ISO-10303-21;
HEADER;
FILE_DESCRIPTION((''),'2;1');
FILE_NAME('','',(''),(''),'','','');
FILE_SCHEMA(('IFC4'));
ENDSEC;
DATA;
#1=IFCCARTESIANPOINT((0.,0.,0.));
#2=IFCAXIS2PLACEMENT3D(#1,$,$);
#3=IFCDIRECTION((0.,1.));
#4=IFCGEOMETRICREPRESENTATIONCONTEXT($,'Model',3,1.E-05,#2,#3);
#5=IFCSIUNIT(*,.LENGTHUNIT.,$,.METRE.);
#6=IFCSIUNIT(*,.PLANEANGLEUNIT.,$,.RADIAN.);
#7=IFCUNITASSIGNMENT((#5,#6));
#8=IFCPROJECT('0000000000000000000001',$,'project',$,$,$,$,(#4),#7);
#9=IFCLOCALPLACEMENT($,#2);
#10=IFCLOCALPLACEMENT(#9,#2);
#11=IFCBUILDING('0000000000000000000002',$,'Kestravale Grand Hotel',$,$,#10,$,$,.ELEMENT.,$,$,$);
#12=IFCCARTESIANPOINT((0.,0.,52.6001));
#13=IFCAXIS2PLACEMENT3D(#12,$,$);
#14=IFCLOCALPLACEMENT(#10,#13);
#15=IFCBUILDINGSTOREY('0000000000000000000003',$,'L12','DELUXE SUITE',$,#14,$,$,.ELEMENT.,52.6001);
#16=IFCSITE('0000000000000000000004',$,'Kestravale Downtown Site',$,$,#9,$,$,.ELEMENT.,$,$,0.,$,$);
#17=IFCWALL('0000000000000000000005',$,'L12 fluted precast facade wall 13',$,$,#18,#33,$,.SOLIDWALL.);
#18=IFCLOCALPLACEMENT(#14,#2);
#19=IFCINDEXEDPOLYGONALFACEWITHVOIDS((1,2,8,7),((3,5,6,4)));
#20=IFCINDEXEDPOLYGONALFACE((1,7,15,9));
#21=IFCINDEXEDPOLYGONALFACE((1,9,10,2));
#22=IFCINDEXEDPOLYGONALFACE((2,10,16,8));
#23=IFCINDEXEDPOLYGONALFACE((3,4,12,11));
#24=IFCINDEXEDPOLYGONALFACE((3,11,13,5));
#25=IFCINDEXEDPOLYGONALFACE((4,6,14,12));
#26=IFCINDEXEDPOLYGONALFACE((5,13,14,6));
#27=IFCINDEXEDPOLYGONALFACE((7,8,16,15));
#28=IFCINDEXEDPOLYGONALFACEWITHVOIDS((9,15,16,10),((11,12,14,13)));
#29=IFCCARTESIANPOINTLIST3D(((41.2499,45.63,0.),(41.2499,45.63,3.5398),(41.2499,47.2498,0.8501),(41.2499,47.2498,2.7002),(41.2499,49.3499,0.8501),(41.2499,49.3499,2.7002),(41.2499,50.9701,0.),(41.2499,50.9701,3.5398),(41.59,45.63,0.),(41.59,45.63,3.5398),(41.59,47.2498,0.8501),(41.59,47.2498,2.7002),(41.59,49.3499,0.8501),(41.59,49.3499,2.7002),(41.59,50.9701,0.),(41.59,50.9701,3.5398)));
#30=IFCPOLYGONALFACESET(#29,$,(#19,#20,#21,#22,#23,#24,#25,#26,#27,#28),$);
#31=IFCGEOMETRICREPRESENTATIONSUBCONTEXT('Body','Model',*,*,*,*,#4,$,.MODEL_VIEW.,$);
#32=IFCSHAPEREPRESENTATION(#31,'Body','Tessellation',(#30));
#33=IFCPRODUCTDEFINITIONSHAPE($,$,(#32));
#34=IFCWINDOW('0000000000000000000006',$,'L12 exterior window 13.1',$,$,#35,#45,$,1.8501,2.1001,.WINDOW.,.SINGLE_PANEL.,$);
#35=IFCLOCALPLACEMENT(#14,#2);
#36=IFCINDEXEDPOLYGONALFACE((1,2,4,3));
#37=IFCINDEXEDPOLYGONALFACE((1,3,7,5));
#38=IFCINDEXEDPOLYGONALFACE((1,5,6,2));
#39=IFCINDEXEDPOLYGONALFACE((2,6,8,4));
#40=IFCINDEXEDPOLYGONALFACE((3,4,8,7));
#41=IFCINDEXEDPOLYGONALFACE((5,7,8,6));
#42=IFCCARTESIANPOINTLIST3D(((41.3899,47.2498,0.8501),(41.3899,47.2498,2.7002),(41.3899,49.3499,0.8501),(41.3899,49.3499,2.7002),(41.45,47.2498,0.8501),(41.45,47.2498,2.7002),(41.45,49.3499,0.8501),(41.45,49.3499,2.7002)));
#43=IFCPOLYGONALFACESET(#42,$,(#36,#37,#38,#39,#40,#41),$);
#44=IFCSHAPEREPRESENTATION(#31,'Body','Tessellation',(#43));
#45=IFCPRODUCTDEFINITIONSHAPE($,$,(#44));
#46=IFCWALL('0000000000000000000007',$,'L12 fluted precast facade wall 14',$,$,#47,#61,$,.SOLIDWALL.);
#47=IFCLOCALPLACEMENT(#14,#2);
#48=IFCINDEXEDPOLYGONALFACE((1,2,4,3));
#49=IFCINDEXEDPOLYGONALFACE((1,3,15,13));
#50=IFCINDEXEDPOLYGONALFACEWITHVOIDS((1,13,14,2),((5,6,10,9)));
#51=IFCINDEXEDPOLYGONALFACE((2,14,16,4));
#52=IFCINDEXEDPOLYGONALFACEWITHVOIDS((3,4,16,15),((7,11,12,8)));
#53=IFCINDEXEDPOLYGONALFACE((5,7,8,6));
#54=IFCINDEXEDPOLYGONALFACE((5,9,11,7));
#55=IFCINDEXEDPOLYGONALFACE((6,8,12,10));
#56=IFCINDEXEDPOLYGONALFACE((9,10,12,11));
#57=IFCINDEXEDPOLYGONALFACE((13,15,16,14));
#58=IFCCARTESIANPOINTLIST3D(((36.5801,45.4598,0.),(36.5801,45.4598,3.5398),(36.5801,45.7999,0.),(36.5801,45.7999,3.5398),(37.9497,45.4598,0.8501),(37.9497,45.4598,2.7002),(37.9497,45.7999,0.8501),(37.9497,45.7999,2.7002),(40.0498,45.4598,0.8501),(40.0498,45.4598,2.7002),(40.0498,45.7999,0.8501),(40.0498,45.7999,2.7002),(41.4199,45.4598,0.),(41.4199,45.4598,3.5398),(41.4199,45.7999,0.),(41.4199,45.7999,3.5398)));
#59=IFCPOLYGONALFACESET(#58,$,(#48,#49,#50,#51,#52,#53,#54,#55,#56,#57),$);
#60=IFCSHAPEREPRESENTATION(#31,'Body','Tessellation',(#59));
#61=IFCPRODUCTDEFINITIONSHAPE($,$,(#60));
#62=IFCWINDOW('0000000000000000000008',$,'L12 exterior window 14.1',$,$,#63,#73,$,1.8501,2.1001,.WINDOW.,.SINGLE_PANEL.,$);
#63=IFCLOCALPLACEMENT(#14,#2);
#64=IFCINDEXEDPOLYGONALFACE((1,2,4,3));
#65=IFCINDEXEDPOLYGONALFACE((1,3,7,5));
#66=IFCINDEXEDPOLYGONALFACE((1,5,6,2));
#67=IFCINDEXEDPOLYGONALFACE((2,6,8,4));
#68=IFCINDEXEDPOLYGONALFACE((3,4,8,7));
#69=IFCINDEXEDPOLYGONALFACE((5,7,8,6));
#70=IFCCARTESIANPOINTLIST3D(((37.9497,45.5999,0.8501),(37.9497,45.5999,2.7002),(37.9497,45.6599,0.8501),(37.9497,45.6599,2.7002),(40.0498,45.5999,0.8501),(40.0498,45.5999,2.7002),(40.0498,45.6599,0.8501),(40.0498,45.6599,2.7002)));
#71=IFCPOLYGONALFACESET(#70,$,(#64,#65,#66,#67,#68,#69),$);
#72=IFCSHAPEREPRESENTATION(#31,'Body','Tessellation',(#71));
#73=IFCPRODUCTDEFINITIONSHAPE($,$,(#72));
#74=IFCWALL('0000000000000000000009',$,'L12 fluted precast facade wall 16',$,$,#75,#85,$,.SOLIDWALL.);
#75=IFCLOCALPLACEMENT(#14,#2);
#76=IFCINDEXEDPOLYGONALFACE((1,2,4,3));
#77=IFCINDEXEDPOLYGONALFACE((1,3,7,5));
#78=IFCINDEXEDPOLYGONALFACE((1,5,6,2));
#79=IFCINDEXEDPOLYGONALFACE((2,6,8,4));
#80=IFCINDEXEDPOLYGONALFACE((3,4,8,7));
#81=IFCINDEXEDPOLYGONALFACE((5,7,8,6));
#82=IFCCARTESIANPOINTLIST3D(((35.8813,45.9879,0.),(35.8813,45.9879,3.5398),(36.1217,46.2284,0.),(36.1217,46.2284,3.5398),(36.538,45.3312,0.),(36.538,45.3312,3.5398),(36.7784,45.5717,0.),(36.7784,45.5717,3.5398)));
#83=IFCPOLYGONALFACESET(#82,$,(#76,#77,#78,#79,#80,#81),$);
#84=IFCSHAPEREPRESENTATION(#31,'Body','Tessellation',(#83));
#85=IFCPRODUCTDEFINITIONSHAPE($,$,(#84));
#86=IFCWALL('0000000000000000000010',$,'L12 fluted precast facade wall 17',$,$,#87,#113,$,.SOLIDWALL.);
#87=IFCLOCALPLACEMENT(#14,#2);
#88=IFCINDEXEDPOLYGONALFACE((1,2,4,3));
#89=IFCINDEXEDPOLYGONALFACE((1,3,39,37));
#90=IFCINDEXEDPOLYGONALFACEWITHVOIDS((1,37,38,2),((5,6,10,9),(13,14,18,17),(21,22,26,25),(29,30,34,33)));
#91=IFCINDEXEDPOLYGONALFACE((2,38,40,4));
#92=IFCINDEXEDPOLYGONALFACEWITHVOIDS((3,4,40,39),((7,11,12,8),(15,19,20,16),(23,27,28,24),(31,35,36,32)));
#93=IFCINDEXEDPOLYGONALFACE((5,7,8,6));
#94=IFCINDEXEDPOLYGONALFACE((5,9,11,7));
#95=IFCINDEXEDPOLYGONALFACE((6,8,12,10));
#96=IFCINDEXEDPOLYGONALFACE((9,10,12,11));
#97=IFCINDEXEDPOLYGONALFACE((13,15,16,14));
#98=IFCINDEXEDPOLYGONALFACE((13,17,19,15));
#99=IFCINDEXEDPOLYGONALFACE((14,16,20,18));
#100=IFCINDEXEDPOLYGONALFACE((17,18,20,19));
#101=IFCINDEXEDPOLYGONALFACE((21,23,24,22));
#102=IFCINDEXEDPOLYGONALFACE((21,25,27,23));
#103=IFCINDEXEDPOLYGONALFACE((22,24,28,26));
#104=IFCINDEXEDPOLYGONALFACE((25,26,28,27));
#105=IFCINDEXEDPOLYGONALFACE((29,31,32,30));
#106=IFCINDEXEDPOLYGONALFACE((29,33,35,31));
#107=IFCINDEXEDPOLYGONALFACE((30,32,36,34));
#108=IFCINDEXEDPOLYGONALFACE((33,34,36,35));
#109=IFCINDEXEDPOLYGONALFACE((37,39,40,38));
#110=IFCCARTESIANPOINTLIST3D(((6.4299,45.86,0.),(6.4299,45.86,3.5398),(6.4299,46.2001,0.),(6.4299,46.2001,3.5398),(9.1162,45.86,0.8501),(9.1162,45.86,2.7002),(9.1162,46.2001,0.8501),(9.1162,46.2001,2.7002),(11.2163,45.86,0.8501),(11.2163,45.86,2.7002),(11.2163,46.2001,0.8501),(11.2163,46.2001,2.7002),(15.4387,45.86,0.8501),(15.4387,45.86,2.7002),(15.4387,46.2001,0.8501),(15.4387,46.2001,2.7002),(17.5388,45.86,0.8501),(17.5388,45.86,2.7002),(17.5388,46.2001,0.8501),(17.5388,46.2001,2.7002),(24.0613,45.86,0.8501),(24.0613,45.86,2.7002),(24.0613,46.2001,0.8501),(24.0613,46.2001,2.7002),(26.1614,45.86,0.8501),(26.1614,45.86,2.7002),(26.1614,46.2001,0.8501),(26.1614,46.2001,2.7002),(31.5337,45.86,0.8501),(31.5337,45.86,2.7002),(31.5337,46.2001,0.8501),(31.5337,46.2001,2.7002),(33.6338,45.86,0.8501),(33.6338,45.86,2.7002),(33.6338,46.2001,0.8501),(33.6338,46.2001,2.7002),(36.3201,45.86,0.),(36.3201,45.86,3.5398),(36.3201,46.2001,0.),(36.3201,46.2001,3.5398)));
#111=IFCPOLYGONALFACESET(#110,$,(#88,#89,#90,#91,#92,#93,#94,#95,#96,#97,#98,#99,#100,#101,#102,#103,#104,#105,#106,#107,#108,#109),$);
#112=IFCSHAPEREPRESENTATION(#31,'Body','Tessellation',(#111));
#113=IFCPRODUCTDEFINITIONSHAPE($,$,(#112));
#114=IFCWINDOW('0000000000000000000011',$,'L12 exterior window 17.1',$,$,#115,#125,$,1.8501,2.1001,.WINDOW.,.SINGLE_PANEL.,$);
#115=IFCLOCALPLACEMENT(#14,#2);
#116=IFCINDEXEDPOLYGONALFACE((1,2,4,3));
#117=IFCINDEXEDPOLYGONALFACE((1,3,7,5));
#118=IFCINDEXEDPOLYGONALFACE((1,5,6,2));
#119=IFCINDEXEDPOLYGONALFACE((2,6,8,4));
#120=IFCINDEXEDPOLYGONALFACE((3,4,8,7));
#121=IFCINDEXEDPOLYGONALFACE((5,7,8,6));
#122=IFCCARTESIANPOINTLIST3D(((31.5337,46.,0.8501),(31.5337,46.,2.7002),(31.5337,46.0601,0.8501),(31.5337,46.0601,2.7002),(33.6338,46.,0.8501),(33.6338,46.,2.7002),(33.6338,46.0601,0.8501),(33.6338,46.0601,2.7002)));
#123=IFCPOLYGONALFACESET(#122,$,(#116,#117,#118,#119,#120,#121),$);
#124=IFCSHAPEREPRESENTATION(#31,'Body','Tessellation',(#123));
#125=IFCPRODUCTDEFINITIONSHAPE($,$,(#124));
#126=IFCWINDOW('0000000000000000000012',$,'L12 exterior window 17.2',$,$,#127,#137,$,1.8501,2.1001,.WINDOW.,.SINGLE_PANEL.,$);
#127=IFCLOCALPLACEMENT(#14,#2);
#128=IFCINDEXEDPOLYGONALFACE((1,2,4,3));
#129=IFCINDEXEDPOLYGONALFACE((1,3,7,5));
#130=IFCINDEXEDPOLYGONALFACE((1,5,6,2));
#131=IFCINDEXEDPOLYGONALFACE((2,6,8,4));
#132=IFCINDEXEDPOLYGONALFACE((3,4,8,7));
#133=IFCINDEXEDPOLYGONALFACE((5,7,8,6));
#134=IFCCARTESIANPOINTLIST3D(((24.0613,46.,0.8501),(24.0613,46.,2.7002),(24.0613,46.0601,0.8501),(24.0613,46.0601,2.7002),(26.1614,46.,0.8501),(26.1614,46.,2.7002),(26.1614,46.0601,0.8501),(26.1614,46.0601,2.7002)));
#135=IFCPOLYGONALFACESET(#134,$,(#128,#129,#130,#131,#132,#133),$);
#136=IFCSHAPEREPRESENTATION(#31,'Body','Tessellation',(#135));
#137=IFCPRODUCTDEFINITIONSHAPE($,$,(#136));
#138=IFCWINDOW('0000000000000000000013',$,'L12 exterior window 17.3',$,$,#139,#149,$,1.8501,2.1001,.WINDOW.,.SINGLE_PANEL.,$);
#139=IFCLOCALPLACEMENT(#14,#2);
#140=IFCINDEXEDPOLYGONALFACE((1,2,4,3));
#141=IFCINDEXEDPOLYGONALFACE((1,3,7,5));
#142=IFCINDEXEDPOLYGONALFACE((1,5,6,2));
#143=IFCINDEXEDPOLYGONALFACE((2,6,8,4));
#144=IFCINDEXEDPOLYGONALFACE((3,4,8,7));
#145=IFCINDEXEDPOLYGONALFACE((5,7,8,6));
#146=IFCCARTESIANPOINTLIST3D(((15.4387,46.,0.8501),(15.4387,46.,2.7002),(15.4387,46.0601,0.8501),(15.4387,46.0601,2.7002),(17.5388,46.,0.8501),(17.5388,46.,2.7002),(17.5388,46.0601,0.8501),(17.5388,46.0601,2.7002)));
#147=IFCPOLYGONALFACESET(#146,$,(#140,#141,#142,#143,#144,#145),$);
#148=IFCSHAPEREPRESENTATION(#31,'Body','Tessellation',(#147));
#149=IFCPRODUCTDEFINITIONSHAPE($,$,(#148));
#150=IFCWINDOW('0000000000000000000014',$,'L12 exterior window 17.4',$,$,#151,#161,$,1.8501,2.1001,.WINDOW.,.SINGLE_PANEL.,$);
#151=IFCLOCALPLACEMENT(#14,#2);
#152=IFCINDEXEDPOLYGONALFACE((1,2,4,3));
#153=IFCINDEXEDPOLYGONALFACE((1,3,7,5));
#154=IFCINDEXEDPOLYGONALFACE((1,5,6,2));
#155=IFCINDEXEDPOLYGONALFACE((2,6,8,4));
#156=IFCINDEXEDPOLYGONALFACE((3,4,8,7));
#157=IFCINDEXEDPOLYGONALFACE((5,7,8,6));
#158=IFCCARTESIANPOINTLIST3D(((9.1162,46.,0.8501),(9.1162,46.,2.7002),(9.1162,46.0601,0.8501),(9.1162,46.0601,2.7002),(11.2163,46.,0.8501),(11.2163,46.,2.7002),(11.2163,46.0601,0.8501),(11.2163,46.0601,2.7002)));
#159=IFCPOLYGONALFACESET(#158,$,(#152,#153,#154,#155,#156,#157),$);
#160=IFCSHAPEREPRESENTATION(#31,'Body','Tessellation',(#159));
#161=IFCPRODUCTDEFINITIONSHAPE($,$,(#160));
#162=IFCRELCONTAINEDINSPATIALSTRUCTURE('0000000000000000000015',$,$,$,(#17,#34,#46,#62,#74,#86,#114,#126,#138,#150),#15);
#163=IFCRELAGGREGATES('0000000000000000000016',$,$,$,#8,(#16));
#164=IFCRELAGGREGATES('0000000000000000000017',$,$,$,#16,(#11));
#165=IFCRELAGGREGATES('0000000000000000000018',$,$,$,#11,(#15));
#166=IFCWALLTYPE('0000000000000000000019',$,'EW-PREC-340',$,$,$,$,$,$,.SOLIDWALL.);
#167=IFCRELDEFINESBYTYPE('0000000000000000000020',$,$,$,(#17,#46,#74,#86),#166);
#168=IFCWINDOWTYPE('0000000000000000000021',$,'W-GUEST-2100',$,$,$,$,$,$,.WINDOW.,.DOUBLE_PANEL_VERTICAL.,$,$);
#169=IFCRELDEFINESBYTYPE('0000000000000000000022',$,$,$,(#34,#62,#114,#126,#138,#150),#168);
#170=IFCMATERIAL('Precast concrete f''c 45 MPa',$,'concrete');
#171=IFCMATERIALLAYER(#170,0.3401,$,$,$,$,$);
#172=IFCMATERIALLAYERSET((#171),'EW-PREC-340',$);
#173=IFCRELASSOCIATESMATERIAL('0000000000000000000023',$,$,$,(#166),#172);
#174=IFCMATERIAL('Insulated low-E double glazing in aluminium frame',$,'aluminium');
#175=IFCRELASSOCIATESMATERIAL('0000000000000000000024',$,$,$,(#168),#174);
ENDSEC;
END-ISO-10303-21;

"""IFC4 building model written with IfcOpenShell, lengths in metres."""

from ifc_helpers import new_model, si_unit, direction, frame, frame_2d, origin, place, context, subcontext, project, spatial, rectangle, extrude, material, layer, layer_set, type_object, element, fill, save


model = new_model("IFC4")

# Units and contexts
model_context = context("Model", 3, precision=1e-05, world=origin(), true_north=direction((0.0, 1.0)))
body_context = subcontext(model_context, "Body", "Model", "MODEL_VIEW")
ifc_project = project(units=[si_unit("LENGTHUNIT", "METRE"), si_unit("PLANEANGLEUNIT", "RADIAN")], contexts=[model_context])

# Site, building, storey
site_placement = place(None, origin())
site = spatial("IfcSite", under=ifc_project, at=site_placement, Name="Kestravale Downtown Site", CompositionType="ELEMENT", RefElevation=0.0)
building_placement = place(site_placement, origin())
building = spatial("IfcBuilding", under=site, at=building_placement, Name="Kestravale Grand Hotel", CompositionType="ELEMENT")
storey_placement = place(building_placement, frame((0.0, 0.0, 52.6001)))
storey = spatial("IfcBuildingStorey", under=building, at=storey_placement, Name="L12", Description="DELUXE SUITE", CompositionType="ELEMENT", Elevation=52.6001)

# Shared definitions
ifc_material_1 = material(Name="Precast concrete f'c 45 MPa", Category="concrete")
ifc_layer_1 = layer(ifc_material_1, 0.3401)
ifc_layer_set_1 = layer_set([ifc_layer_1], Name="EW-PREC-340")
wall_type_1 = type_object("IfcWallType", Name="EW-PREC-340", PredefinedType="SOLIDWALL", material=ifc_layer_set_1)

# Walls, openings, windows
wall_1_placement = place(storey_placement, frame((41.4199, 50.97, 0.0), z_axis=(0.0, 0.0, 1.0), x_axis=(0.0, -1.0, 0.0)))
wall_1 = element("IfcWall", 1, at=wall_1_placement, inside=storey, type_object=wall_type_1, Name="L12 fluted precast facade wall 13", PredefinedType="SOLIDWALL", context=body_context, shape_type="SweptSolid", body=[
    extrude(rectangle(XDim=5.3401, YDim=0.3401, at=frame_2d((2.6699, 0.0))), origin(), (0.0, 0.0, 1.0), 3.5398),
])
opening_1_placement = place(wall_1_placement, frame((1.6201, 0.0, 0.8501)))
opening_1 = element("IfcOpeningElement", 2, at=opening_1_placement, cuts=wall_1, PredefinedType="OPENING", context=body_context, shape_type="SweptSolid", body=[
    extrude(rectangle(XDim=2.1001, YDim=1.8501, at=frame_2d((1.05, 0.925))), frame((0.0, 0.1799, 0.0), z_axis=(0.0, -1.0, 0.0), x_axis=(1.0, 0.0, 0.0)), (0.0, 0.0, 1.0), 0.3601),
])
ifc_material_2 = material(Name="Insulated low-E double glazing in aluminium frame", Category="aluminium")
window_type = type_object("IfcWindowType", Name="W-GUEST-2100", PartitioningType="DOUBLE_PANEL_VERTICAL", PredefinedType="WINDOW", material=ifc_material_2)
window_1_placement = place(opening_1_placement, origin())
window_1 = element("IfcWindow", 3, at=window_1_placement, inside=storey, type_object=window_type, Name="L12 exterior window 13.1", OverallHeight=1.8501, OverallWidth=2.1001, PartitioningType="SINGLE_PANEL", PredefinedType="WINDOW", context=body_context, shape_type="SweptSolid", body=[
    extrude(rectangle(XDim=2.1001, YDim=1.8501, at=frame_2d((1.05, 0.925))), frame((0.0, 0.03, 0.0), z_axis=(0.0, -1.0, 0.0), x_axis=(1.0, 0.0, 0.0)), (0.0, 0.0, 1.0), 0.0601),
])
fill(opening_1, window_1)
wall_2_placement = place(storey_placement, frame((41.4199, 45.6299, 0.0), z_axis=(0.0, 0.0, 1.0), x_axis=(-1.0, 0.0, 0.0)))
wall_2 = element("IfcWall", 4, at=wall_2_placement, inside=storey, type_object=wall_type_1, Name="L12 fluted precast facade wall 14", PredefinedType="SOLIDWALL", context=body_context, shape_type="SweptSolid", body=[
    extrude(rectangle(XDim=4.8398, YDim=0.3401, at=frame_2d((2.4199, 0.0))), origin(), (0.0, 0.0, 1.0), 3.5398),
])
opening_2_placement = place(wall_2_placement, frame((1.3701, 0.0, 0.8501)))
opening_2 = element("IfcOpeningElement", 5, at=opening_2_placement, cuts=wall_2, PredefinedType="OPENING", context=body_context, shape_type="SweptSolid", body=[
    extrude(rectangle(XDim=2.1001, YDim=1.8501, at=frame_2d((1.05, 0.925))), frame((0.0, 0.1799, 0.0), z_axis=(0.0, -1.0, 0.0), x_axis=(1.0, 0.0, 0.0)), (0.0, 0.0, 1.0), 0.3601),
])
window_2_placement = place(opening_2_placement, origin())
window_2 = element("IfcWindow", 6, at=window_2_placement, inside=storey, type_object=window_type, Name="L12 exterior window 14.1", OverallHeight=1.8501, OverallWidth=2.1001, PartitioningType="SINGLE_PANEL", PredefinedType="WINDOW", context=body_context, shape_type="SweptSolid", body=[
    extrude(rectangle(XDim=2.1001, YDim=1.8501, at=frame_2d((1.05, 0.925))), frame((0.0, 0.03, 0.0), z_axis=(0.0, -1.0, 0.0), x_axis=(1.0, 0.0, 0.0)), (0.0, 0.0, 1.0), 0.0601),
])
fill(opening_2, window_2)

# Wall
wall_3_placement = place(storey_placement, frame((36.6582, 45.4514, 0.0), z_axis=(0.0, 0.0, 1.0), x_axis=(-0.707107, 0.707107, 0.0)))
element("IfcWall", 7, at=wall_3_placement, inside=storey, type_object=wall_type_1, Name="L12 fluted precast facade wall 16", PredefinedType="SOLIDWALL", context=body_context, shape_type="SweptSolid", body=[
    extrude(rectangle(XDim=0.9287, YDim=0.3401, at=frame_2d((0.4644, 0.0))), origin(), (0.0, 0.0, 1.0), 3.5398),
])

# Wall, openings, windows
wall_4_placement = place(storey_placement, frame((36.3201, 46.03, 0.0), z_axis=(0.0, 0.0, 1.0), x_axis=(-1.0, 0.0, 0.0)))
wall_4 = element("IfcWall", 8, at=wall_4_placement, inside=storey, type_object=wall_type_1, Name="L12 fluted precast facade wall 17", PredefinedType="SOLIDWALL", context=body_context, shape_type="SweptSolid", body=[
    extrude(rectangle(XDim=29.8901, YDim=0.3401, at=frame_2d((14.9451, 0.0))), origin(), (0.0, 0.0, 1.0), 3.5398),
])
opening_3_placement = place(wall_4_placement, frame((2.6863, 0.0, 0.8501)))
opening_3 = element("IfcOpeningElement", 9, at=opening_3_placement, cuts=wall_4, PredefinedType="OPENING", context=body_context, shape_type="SweptSolid", body=[
    extrude(rectangle(XDim=2.1001, YDim=1.8501, at=frame_2d((1.05, 0.925))), frame((0.0, 0.1799, 0.0), z_axis=(0.0, -1.0, 0.0), x_axis=(1.0, 0.0, 0.0)), (0.0, 0.0, 1.0), 0.3601),
])
opening_4_placement = place(wall_4_placement, frame((10.1587, 0.0, 0.8501)))
opening_4 = element("IfcOpeningElement", 10, at=opening_4_placement, cuts=wall_4, PredefinedType="OPENING", context=body_context, shape_type="SweptSolid", body=[
    extrude(rectangle(XDim=2.1001, YDim=1.8501, at=frame_2d((1.05, 0.925))), frame((0.0, 0.1799, 0.0), z_axis=(0.0, -1.0, 0.0), x_axis=(1.0, 0.0, 0.0)), (0.0, 0.0, 1.0), 0.3601),
])
opening_5_placement = place(wall_4_placement, frame((18.7812, 0.0, 0.8501)))
opening_5 = element("IfcOpeningElement", 11, at=opening_5_placement, cuts=wall_4, PredefinedType="OPENING", context=body_context, shape_type="SweptSolid", body=[
    extrude(rectangle(XDim=2.1001, YDim=1.8501, at=frame_2d((1.05, 0.925))), frame((0.0, 0.1799, 0.0), z_axis=(0.0, -1.0, 0.0), x_axis=(1.0, 0.0, 0.0)), (0.0, 0.0, 1.0), 0.3601),
])
opening_6_placement = place(wall_4_placement, frame((25.1038, 0.0, 0.8501)))
opening_6 = element("IfcOpeningElement", 12, at=opening_6_placement, cuts=wall_4, PredefinedType="OPENING", context=body_context, shape_type="SweptSolid", body=[
    extrude(rectangle(XDim=2.1001, YDim=1.8501, at=frame_2d((1.05, 0.925))), frame((0.0, 0.1799, 0.0), z_axis=(0.0, -1.0, 0.0), x_axis=(1.0, 0.0, 0.0)), (0.0, 0.0, 1.0), 0.3601),
])
window_3_placement = place(opening_3_placement, origin())
window_3 = element("IfcWindow", 13, at=window_3_placement, inside=storey, type_object=window_type, Name="L12 exterior window 17.1", OverallHeight=1.8501, OverallWidth=2.1001, PartitioningType="SINGLE_PANEL", PredefinedType="WINDOW", context=body_context, shape_type="SweptSolid", body=[
    extrude(rectangle(XDim=2.1001, YDim=1.8501, at=frame_2d((1.05, 0.925))), frame((0.0, 0.03, 0.0), z_axis=(0.0, -1.0, 0.0), x_axis=(1.0, 0.0, 0.0)), (0.0, 0.0, 1.0), 0.0601),
])
fill(opening_3, window_3)
window_4_placement = place(opening_4_placement, origin())
window_4 = element("IfcWindow", 14, at=window_4_placement, inside=storey, type_object=window_type, Name="L12 exterior window 17.2", OverallHeight=1.8501, OverallWidth=2.1001, PartitioningType="SINGLE_PANEL", PredefinedType="WINDOW", context=body_context, shape_type="SweptSolid", body=[
    extrude(rectangle(XDim=2.1001, YDim=1.8501, at=frame_2d((1.05, 0.925))), frame((0.0, 0.03, 0.0), z_axis=(0.0, -1.0, 0.0), x_axis=(1.0, 0.0, 0.0)), (0.0, 0.0, 1.0), 0.0601),
])
fill(opening_4, window_4)
window_5_placement = place(opening_5_placement, origin())
window_5 = element("IfcWindow", 15, at=window_5_placement, inside=storey, type_object=window_type, Name="L12 exterior window 17.3", OverallHeight=1.8501, OverallWidth=2.1001, PartitioningType="SINGLE_PANEL", PredefinedType="WINDOW", context=body_context, shape_type="SweptSolid", body=[
    extrude(rectangle(XDim=2.1001, YDim=1.8501, at=frame_2d((1.05, 0.925))), frame((0.0, 0.03, 0.0), z_axis=(0.0, -1.0, 0.0), x_axis=(1.0, 0.0, 0.0)), (0.0, 0.0, 1.0), 0.0601),
])
fill(opening_5, window_5)
window_6_placement = place(opening_6_placement, origin())
window_6 = element("IfcWindow", 16, at=window_6_placement, inside=storey, type_object=window_type, Name="L12 exterior window 17.4", OverallHeight=1.8501, OverallWidth=2.1001, PartitioningType="SINGLE_PANEL", PredefinedType="WINDOW", context=body_context, shape_type="SweptSolid", body=[
    extrude(rectangle(XDim=2.1001, YDim=1.8501, at=frame_2d((1.05, 0.925))), frame((0.0, 0.03, 0.0), z_axis=(0.0, -1.0, 0.0), x_axis=(1.0, 0.0, 0.0)), (0.0, 0.0, 1.0), 0.0601),
])
fill(opening_6, window_6)

save(model, "model.ifc")
